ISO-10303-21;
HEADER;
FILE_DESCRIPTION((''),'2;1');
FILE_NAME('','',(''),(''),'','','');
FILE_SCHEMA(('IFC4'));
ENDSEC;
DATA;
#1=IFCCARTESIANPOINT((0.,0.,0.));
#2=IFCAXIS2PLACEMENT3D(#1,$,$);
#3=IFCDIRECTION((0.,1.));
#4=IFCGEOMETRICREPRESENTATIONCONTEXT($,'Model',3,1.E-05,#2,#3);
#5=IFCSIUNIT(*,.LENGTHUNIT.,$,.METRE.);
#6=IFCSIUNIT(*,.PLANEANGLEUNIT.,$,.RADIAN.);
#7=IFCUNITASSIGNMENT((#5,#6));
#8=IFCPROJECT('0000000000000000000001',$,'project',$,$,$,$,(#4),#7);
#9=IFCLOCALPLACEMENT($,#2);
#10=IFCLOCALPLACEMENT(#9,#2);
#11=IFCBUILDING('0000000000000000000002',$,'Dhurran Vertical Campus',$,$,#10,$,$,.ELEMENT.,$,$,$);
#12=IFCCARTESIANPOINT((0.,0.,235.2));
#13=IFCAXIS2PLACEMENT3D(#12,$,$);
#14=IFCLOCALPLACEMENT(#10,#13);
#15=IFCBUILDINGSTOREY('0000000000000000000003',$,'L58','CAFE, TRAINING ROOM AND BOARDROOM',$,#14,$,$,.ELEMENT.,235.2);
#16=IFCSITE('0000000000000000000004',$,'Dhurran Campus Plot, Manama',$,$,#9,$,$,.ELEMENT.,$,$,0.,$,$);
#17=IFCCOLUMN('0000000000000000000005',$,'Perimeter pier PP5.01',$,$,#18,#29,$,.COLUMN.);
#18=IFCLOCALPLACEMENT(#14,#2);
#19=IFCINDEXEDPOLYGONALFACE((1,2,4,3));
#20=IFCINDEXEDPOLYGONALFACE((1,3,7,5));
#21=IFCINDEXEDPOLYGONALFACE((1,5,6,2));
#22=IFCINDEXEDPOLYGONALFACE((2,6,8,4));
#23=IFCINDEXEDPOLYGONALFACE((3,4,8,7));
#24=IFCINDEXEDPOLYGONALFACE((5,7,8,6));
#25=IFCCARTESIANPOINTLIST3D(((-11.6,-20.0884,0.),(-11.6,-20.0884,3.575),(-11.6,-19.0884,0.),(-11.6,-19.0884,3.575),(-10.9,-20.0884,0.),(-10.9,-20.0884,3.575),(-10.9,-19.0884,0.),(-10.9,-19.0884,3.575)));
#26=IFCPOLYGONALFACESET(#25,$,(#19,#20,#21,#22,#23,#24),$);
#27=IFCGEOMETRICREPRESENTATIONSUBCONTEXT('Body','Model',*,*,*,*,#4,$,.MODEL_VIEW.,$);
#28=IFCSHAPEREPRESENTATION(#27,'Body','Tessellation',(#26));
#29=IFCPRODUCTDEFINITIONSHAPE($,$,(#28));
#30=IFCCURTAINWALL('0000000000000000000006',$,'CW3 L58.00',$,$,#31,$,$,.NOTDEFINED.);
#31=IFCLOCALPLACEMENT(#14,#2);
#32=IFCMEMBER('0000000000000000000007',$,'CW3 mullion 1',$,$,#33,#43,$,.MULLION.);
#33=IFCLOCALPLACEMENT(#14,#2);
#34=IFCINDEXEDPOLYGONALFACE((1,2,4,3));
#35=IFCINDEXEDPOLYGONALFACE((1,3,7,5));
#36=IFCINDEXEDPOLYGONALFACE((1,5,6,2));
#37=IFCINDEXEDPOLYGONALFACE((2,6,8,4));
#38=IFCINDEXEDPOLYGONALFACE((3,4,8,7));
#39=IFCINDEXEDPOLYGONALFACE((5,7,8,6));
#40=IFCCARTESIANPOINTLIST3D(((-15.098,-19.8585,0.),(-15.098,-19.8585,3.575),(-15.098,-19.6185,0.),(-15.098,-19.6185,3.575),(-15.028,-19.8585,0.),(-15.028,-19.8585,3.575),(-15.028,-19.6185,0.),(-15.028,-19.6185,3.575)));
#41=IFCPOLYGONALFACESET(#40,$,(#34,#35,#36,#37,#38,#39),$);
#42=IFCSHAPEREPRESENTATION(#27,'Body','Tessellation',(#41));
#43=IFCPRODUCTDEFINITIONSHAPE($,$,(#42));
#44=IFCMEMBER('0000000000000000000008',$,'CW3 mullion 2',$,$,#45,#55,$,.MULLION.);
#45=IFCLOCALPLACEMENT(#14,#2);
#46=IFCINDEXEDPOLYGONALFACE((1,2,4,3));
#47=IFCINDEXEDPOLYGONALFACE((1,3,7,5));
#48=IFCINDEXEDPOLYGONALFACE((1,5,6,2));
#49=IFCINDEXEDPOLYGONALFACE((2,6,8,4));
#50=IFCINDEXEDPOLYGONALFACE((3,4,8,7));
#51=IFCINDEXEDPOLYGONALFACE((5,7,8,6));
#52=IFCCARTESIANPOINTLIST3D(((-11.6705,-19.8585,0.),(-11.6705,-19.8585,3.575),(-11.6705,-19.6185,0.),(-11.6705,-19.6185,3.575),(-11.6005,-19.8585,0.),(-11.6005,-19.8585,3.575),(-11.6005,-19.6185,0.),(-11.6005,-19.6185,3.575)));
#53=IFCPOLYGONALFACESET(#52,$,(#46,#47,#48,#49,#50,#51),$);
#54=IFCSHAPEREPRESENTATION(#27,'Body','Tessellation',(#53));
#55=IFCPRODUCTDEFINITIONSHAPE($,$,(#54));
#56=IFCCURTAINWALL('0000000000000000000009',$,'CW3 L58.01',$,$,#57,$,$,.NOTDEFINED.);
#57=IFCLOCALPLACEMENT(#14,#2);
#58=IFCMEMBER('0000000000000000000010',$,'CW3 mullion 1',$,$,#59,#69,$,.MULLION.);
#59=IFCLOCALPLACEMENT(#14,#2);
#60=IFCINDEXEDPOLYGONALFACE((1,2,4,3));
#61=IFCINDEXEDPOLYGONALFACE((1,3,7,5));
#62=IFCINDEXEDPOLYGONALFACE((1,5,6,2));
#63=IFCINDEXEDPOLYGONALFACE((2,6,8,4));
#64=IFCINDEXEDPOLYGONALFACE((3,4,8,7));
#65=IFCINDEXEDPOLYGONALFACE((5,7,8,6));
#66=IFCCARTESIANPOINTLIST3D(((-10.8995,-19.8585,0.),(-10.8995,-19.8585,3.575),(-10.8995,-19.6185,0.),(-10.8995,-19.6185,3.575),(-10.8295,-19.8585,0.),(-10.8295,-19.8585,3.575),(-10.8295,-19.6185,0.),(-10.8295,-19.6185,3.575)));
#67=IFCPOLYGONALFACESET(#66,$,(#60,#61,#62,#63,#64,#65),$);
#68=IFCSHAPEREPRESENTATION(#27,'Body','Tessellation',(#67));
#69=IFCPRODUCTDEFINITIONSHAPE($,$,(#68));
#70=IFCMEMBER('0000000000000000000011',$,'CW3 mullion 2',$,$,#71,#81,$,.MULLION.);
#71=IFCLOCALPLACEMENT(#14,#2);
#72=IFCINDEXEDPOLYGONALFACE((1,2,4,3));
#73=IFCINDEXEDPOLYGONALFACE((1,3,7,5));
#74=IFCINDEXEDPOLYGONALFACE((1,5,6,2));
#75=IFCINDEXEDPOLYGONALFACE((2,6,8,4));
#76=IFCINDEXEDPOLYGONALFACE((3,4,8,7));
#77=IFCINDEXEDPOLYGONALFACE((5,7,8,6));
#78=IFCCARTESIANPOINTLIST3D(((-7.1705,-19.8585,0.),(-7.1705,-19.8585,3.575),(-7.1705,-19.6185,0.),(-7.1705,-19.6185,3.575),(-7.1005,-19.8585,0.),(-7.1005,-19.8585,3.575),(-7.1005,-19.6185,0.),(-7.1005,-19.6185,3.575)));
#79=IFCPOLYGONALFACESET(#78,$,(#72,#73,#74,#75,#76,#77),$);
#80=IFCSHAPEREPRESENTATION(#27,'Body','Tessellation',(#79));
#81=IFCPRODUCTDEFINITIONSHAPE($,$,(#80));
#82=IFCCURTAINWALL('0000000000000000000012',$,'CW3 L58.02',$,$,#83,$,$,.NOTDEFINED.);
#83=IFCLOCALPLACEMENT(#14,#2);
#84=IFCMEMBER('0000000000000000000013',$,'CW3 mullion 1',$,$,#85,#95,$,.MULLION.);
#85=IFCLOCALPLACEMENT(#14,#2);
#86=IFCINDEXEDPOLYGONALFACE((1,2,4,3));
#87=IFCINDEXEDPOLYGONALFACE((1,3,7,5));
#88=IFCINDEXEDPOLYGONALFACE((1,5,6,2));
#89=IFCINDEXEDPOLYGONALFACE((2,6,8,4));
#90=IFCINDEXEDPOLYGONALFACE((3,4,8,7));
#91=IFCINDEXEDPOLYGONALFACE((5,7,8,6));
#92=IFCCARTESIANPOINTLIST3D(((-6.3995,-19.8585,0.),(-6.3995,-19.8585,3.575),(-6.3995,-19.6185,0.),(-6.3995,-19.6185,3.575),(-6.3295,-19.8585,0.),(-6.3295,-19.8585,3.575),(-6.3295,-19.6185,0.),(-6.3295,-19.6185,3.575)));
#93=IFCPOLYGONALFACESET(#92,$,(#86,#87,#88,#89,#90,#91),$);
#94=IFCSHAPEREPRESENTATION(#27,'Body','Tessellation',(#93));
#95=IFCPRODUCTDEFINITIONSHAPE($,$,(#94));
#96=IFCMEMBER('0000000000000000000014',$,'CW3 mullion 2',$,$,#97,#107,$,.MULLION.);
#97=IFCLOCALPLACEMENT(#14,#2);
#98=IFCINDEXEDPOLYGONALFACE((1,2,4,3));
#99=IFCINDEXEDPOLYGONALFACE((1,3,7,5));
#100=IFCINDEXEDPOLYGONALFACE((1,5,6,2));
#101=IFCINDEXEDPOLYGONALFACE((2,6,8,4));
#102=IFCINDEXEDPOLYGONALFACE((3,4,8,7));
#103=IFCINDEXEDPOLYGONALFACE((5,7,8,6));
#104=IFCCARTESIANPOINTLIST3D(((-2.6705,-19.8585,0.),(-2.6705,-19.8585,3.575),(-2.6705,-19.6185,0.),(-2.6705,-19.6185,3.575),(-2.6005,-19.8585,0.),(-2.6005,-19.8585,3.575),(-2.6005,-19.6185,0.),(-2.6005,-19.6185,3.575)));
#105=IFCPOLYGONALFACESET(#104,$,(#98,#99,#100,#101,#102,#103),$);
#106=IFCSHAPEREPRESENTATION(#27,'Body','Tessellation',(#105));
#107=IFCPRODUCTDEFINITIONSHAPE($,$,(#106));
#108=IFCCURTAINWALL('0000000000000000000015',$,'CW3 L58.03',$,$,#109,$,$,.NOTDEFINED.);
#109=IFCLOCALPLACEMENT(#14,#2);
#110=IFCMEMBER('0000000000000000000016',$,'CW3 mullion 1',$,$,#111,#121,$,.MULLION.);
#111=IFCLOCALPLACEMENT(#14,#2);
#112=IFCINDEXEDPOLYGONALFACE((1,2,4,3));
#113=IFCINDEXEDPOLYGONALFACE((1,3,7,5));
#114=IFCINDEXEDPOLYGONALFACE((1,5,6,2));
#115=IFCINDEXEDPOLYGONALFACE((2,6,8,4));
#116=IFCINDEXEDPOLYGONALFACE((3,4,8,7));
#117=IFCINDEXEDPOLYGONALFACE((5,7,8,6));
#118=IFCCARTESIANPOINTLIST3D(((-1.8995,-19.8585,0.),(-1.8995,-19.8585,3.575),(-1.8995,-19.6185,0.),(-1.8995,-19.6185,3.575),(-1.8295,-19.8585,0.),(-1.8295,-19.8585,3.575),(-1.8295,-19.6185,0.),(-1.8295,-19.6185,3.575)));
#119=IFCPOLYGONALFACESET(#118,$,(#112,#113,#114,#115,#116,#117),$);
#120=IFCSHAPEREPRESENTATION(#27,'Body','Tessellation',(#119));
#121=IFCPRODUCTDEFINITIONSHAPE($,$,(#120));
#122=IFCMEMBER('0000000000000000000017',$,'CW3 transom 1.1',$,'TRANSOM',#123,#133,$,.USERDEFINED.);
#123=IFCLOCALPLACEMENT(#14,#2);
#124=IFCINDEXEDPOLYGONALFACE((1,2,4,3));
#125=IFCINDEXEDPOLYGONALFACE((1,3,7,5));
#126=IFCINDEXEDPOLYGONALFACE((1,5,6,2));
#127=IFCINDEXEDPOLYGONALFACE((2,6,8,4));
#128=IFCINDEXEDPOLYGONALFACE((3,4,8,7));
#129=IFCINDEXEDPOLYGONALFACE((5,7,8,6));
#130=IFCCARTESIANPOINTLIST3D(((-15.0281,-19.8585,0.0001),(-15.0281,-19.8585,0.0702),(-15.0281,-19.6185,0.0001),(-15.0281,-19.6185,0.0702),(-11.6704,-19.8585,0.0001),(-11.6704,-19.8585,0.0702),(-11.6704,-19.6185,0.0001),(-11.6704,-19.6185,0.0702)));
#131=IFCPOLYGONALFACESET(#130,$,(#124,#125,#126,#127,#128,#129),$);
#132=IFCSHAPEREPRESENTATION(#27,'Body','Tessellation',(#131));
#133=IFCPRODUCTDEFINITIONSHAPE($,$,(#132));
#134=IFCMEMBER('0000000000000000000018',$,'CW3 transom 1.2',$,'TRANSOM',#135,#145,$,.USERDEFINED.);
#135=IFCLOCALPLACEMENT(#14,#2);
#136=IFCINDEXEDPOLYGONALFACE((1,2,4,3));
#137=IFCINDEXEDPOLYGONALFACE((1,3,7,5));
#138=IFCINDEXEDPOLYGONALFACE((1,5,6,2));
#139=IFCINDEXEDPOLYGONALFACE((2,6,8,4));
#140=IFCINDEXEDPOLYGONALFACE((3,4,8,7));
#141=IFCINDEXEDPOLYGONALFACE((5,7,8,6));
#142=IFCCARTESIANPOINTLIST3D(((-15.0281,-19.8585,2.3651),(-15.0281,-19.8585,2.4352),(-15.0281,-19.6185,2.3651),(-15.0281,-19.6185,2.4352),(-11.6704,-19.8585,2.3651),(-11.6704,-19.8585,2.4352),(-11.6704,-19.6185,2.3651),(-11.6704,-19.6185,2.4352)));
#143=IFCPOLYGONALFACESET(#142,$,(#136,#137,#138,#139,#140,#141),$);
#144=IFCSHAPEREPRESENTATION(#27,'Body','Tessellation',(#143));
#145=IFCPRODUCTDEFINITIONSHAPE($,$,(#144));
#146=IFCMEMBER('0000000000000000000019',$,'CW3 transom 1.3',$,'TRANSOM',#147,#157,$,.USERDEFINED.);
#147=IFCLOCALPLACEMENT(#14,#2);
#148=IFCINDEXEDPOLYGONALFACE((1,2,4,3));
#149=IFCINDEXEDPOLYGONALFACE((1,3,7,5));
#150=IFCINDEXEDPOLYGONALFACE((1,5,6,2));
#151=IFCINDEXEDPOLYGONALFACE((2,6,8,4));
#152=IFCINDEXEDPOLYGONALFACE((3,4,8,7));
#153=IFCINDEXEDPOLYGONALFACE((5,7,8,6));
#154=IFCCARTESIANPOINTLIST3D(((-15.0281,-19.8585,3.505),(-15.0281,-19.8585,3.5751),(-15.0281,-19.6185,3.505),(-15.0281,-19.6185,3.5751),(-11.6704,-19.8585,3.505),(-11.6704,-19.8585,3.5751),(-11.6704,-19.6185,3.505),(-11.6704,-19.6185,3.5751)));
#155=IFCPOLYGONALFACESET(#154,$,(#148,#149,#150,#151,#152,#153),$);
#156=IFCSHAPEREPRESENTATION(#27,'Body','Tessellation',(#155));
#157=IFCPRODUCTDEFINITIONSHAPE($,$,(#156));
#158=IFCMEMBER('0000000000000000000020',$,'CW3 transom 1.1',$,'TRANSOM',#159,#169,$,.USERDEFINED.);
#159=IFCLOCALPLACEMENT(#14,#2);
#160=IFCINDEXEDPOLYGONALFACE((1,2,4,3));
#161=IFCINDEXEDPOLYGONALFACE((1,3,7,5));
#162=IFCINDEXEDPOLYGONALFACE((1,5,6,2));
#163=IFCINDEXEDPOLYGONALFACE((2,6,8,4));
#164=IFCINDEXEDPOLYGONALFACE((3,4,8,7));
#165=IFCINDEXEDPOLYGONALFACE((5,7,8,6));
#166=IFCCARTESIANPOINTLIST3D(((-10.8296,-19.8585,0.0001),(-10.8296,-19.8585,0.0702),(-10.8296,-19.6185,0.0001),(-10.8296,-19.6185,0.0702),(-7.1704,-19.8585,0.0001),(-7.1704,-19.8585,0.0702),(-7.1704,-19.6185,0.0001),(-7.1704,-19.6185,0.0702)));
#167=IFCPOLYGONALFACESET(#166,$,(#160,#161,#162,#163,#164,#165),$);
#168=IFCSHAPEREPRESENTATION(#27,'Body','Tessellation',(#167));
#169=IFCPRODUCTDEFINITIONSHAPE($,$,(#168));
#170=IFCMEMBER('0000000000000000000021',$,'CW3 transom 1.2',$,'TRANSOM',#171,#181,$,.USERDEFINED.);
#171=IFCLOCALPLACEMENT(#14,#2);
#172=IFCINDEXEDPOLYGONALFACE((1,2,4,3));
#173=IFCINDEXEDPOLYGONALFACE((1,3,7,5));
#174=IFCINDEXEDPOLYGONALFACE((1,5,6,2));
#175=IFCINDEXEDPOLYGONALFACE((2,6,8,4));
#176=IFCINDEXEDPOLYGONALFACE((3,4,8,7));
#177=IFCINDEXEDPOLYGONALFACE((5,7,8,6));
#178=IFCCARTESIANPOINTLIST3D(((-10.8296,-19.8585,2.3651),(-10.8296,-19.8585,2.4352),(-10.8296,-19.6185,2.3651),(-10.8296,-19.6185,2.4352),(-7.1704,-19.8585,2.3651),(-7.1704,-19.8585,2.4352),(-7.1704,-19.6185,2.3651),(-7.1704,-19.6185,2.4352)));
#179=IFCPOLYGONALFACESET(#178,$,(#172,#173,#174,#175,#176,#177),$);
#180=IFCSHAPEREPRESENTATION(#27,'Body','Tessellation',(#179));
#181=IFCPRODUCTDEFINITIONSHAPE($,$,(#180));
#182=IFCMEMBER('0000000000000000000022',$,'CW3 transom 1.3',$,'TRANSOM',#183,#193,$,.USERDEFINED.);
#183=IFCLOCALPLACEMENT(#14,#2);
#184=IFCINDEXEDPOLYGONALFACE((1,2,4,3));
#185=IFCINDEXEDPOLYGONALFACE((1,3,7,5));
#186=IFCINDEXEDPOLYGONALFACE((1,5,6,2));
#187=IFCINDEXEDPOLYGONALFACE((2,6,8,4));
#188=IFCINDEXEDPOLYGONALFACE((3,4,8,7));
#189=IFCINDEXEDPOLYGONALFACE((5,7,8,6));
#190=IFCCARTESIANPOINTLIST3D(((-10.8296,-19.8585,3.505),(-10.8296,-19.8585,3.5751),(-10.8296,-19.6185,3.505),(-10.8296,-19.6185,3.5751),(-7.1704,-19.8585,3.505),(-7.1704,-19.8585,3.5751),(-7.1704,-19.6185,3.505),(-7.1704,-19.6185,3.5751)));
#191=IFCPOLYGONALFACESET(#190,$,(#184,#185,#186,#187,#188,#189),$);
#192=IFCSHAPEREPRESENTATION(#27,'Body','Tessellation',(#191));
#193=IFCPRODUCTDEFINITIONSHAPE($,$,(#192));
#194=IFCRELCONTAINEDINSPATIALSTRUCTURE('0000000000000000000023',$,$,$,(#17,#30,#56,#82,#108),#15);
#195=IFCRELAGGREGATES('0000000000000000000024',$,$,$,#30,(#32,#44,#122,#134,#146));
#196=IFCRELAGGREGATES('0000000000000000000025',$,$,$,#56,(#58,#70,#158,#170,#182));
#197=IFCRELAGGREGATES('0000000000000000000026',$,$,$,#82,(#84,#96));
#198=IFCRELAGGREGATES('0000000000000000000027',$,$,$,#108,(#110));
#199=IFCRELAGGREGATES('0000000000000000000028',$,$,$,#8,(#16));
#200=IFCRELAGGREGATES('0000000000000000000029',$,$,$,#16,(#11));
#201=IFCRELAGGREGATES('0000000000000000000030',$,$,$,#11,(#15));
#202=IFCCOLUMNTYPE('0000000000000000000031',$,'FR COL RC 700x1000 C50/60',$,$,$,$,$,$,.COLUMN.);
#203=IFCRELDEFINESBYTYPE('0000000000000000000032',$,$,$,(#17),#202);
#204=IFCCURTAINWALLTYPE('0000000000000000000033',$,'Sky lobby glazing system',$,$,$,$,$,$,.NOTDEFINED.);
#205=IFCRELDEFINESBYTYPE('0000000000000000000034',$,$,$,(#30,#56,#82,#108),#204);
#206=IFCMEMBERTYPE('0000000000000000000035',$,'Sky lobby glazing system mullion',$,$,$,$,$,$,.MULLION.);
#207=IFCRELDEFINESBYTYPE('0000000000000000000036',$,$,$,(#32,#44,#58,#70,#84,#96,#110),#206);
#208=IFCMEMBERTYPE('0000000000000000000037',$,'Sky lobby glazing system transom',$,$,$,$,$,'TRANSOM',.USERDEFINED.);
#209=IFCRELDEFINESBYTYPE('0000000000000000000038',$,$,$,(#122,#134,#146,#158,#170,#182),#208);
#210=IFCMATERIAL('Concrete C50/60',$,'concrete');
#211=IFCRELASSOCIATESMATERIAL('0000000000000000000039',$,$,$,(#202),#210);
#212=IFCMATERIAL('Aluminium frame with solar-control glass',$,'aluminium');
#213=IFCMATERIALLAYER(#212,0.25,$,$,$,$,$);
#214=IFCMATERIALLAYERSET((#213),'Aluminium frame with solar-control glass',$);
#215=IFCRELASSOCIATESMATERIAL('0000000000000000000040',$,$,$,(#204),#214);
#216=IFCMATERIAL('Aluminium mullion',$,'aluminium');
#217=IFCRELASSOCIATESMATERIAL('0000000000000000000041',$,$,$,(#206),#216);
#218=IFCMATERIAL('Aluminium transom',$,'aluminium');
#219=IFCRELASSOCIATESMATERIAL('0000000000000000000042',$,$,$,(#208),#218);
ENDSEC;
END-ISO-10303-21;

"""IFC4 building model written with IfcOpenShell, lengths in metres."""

from ifc_helpers import new_model, si_unit, direction, frame, origin, origin_2d, place, context, subcontext, project, spatial, rectangle, extrude, material, layer, layer_set, material_profile, profile_set, type_object, element, aggregate, save


model = new_model("IFC4")

# Units and contexts
model_context = context("Model", 3, precision=1e-05, world=origin(), true_north=direction((0.0, 1.0)))
body_context = subcontext(model_context, "Body", "Model", "MODEL_VIEW")
ifc_project = project(units=[si_unit("LENGTHUNIT", "METRE"), si_unit("PLANEANGLEUNIT", "RADIAN")], contexts=[model_context])

# Site, building, storey
site_placement = place(None, origin())
site = spatial("IfcSite", under=ifc_project, at=site_placement, Name="Dhurran Campus Plot, Manama", CompositionType="ELEMENT", RefElevation=0.0)
building_placement = place(site_placement, origin())
building = spatial("IfcBuilding", under=site, at=building_placement, Name="Dhurran Vertical Campus", CompositionType="ELEMENT")
storey_placement = place(building_placement, frame((0.0, 0.0, 235.2)))
storey = spatial("IfcBuildingStorey", under=building, at=storey_placement, Name="L58", Description="CAFE, TRAINING ROOM AND BOARDROOM", CompositionType="ELEMENT", Elevation=235.2)

# Column
ifc_material_1 = material(Name="Concrete C50/60", Category="concrete")
ifc_material_profile_1 = material_profile(ifc_material_1, rectangle(XDim=0.7, YDim=1.0, at=origin_2d()), Name="RC 700x1000")
ifc_profile_set_1 = profile_set([ifc_material_profile_1], Name="Concrete C50/60")
column_type = type_object("IfcColumnType", Name="FR COL RC 700x1000 C50/60", PredefinedType="COLUMN", material=ifc_profile_set_1)
column_placement = place(storey_placement, frame((-11.25, -19.5884, 0.0), z_axis=(0.0, 0.0, 1.0), x_axis=(1.0, 0.0, 0.0)))
element("IfcColumn", 1, at=column_placement, inside=storey, type_object=column_type, Name="Perimeter pier PP5.01", PredefinedType="COLUMN", context=body_context, shape_type="SweptSolid", body=[
    extrude(rectangle(XDim=0.7, YDim=1.0, at=origin_2d()), origin(), (0.0, 0.0, 1.0), 3.575),
])

# Curtain walls, members
ifc_material_2 = material(Name="Aluminium frame with solar-control glass", Category="aluminium")
ifc_layer_1 = layer(ifc_material_2, 0.25)
ifc_layer_set_1 = layer_set([ifc_layer_1], Name="Aluminium frame with solar-control glass")
curtain_wall_type = type_object("IfcCurtainWallType", Name="Sky lobby glazing system", PredefinedType="NOTDEFINED", material=ifc_layer_set_1)
curtain_wall_1_placement = place(storey_placement, origin())
curtain_wall_1 = element("IfcCurtainWall", 2, at=curtain_wall_1_placement, inside=storey, type_object=curtain_wall_type, Name="CW3 L58.00", PredefinedType="NOTDEFINED")
ifc_material_3 = material(Name="Aluminium mullion", Category="aluminium")
ifc_material_profile_2 = material_profile(ifc_material_3, rectangle(XDim=0.24, YDim=0.0701, at=origin_2d()), Name="Sky lobby glazing system mullion")
ifc_profile_set_2 = profile_set([ifc_material_profile_2], Name="Aluminium mullion")
member_type_1 = type_object("IfcMemberType", Name="Sky lobby glazing system mullion", PredefinedType="MULLION", material=ifc_profile_set_2)
member_1_placement = place(storey_placement, frame((-15.063, -19.7385, 0.0), z_axis=(0.0, 0.0, 1.0), x_axis=(0.0, 1.0, 0.0)))
member_1 = element("IfcMember", 3, at=member_1_placement, type_object=member_type_1, Name="CW3 mullion 1", PredefinedType="MULLION", context=body_context, shape_type="SweptSolid", body=[
    extrude(rectangle(XDim=0.24, YDim=0.0701, at=origin_2d()), origin(), (0.0, 0.0, 1.0), 3.575),
])
member_2_placement = place(storey_placement, frame((-11.6355, -19.7385, 0.0), z_axis=(0.0, 0.0, 1.0), x_axis=(0.0, 1.0, 0.0)))
member_2 = element("IfcMember", 4, at=member_2_placement, type_object=member_type_1, Name="CW3 mullion 2", PredefinedType="MULLION", context=body_context, shape_type="SweptSolid", body=[
    extrude(rectangle(XDim=0.24, YDim=0.0701, at=origin_2d()), origin(), (0.0, 0.0, 1.0), 3.575),
])
curtain_wall_2_placement = place(storey_placement, origin())
curtain_wall_2 = element("IfcCurtainWall", 5, at=curtain_wall_2_placement, inside=storey, type_object=curtain_wall_type, Name="CW3 L58.01", PredefinedType="NOTDEFINED")
member_3_placement = place(storey_placement, frame((-10.8645, -19.7385, 0.0), z_axis=(0.0, 0.0, 1.0), x_axis=(0.0, 1.0, 0.0)))
member_3 = element("IfcMember", 6, at=member_3_placement, type_object=member_type_1, Name="CW3 mullion 1", PredefinedType="MULLION", context=body_context, shape_type="SweptSolid", body=[
    extrude(rectangle(XDim=0.24, YDim=0.0701, at=origin_2d()), origin(), (0.0, 0.0, 1.0), 3.575),
])
member_4_placement = place(storey_placement, frame((-7.1355, -19.7385, 0.0), z_axis=(0.0, 0.0, 1.0), x_axis=(0.0, 1.0, 0.0)))
member_4 = element("IfcMember", 7, at=member_4_placement, type_object=member_type_1, Name="CW3 mullion 2", PredefinedType="MULLION", context=body_context, shape_type="SweptSolid", body=[
    extrude(rectangle(XDim=0.24, YDim=0.0701, at=origin_2d()), origin(), (0.0, 0.0, 1.0), 3.575),
])
curtain_wall_3_placement = place(storey_placement, origin())
curtain_wall_3 = element("IfcCurtainWall", 8, at=curtain_wall_3_placement, inside=storey, type_object=curtain_wall_type, Name="CW3 L58.02", PredefinedType="NOTDEFINED")
member_5_placement = place(storey_placement, frame((-6.3645, -19.7385, 0.0), z_axis=(0.0, 0.0, 1.0), x_axis=(0.0, 1.0, 0.0)))
member_5 = element("IfcMember", 9, at=member_5_placement, type_object=member_type_1, Name="CW3 mullion 1", PredefinedType="MULLION", context=body_context, shape_type="SweptSolid", body=[
    extrude(rectangle(XDim=0.24, YDim=0.0701, at=origin_2d()), origin(), (0.0, 0.0, 1.0), 3.575),
])
member_6_placement = place(storey_placement, frame((-2.6355, -19.7385, 0.0), z_axis=(0.0, 0.0, 1.0), x_axis=(0.0, 1.0, 0.0)))
member_6 = element("IfcMember", 10, at=member_6_placement, type_object=member_type_1, Name="CW3 mullion 2", PredefinedType="MULLION", context=body_context, shape_type="SweptSolid", body=[
    extrude(rectangle(XDim=0.24, YDim=0.0701, at=origin_2d()), origin(), (0.0, 0.0, 1.0), 3.575),
])

# Curtain wall, member
curtain_wall_4_placement = place(storey_placement, origin())
curtain_wall_4 = element("IfcCurtainWall", 11, at=curtain_wall_4_placement, inside=storey, type_object=curtain_wall_type, Name="CW3 L58.03", PredefinedType="NOTDEFINED")
member_7_placement = place(storey_placement, frame((-1.8645, -19.7385, 0.0), z_axis=(0.0, 0.0, 1.0), x_axis=(0.0, 1.0, 0.0)))
member_7 = element("IfcMember", 12, at=member_7_placement, type_object=member_type_1, Name="CW3 mullion 1", PredefinedType="MULLION", context=body_context, shape_type="SweptSolid", body=[
    extrude(rectangle(XDim=0.24, YDim=0.0701, at=origin_2d()), origin(), (0.0, 0.0, 1.0), 3.575),
])

# Members
ifc_material_4 = material(Name="Aluminium transom", Category="aluminium")
ifc_material_profile_3 = material_profile(ifc_material_4, rectangle(XDim=0.24, YDim=0.0701, at=origin_2d()), Name="Sky lobby glazing system transom")
ifc_profile_set_3 = profile_set([ifc_material_profile_3], Name="Aluminium transom")
member_type_2 = type_object("IfcMemberType", Name="Sky lobby glazing system transom", ElementType="TRANSOM", PredefinedType="USERDEFINED", material=ifc_profile_set_3)
member_8_placement = place(storey_placement, frame((-15.0281, -19.7385, 0.0352), z_axis=(1.0, 0.0, 0.0), x_axis=(0.0, 1.0, 0.0)))
member_8 = element("IfcMember", 13, at=member_8_placement, type_object=member_type_2, Name="CW3 transom 1.1", ObjectType="TRANSOM", PredefinedType="USERDEFINED", context=body_context, shape_type="SweptSolid", body=[
    extrude(rectangle(XDim=0.24, YDim=0.0701, at=origin_2d()), origin(), (0.0, 0.0, 1.0), 3.3577),
])
member_9_placement = place(storey_placement, frame((-15.0281, -19.7385, 2.4001), z_axis=(1.0, 0.0, 0.0), x_axis=(0.0, 1.0, 0.0)))
member_9 = element("IfcMember", 14, at=member_9_placement, type_object=member_type_2, Name="CW3 transom 1.2", ObjectType="TRANSOM", PredefinedType="USERDEFINED", context=body_context, shape_type="SweptSolid", body=[
    extrude(rectangle(XDim=0.24, YDim=0.0701, at=origin_2d()), origin(), (0.0, 0.0, 1.0), 3.3577),
])
member_10_placement = place(storey_placement, frame((-15.0281, -19.7385, 3.54), z_axis=(1.0, 0.0, 0.0), x_axis=(0.0, 1.0, 0.0)))
member_10 = element("IfcMember", 15, at=member_10_placement, type_object=member_type_2, Name="CW3 transom 1.3", ObjectType="TRANSOM", PredefinedType="USERDEFINED", context=body_context, shape_type="SweptSolid", body=[
    extrude(rectangle(XDim=0.24, YDim=0.0701, at=origin_2d()), origin(), (0.0, 0.0, 1.0), 3.3577),
])
member_11_placement = place(storey_placement, frame((-10.8296, -19.7385, 0.0352), z_axis=(1.0, 0.0, 0.0), x_axis=(0.0, 1.0, 0.0)))
member_11 = element("IfcMember", 16, at=member_11_placement, type_object=member_type_2, Name="CW3 transom 1.1", ObjectType="TRANSOM", PredefinedType="USERDEFINED", context=body_context, shape_type="SweptSolid", body=[
    extrude(rectangle(XDim=0.24, YDim=0.0701, at=origin_2d()), origin(), (0.0, 0.0, 1.0), 3.6592),
])
member_12_placement = place(storey_placement, frame((-10.8296, -19.7385, 2.4001), z_axis=(1.0, 0.0, 0.0), x_axis=(0.0, 1.0, 0.0)))
member_12 = element("IfcMember", 17, at=member_12_placement, type_object=member_type_2, Name="CW3 transom 1.2", ObjectType="TRANSOM", PredefinedType="USERDEFINED", context=body_context, shape_type="SweptSolid", body=[
    extrude(rectangle(XDim=0.24, YDim=0.0701, at=origin_2d()), origin(), (0.0, 0.0, 1.0), 3.6592),
])
member_13_placement = place(storey_placement, frame((-10.8296, -19.7385, 3.54), z_axis=(1.0, 0.0, 0.0), x_axis=(0.0, 1.0, 0.0)))
member_13 = element("IfcMember", 18, at=member_13_placement, type_object=member_type_2, Name="CW3 transom 1.3", ObjectType="TRANSOM", PredefinedType="USERDEFINED", context=body_context, shape_type="SweptSolid", body=[
    extrude(rectangle(XDim=0.24, YDim=0.0701, at=origin_2d()), origin(), (0.0, 0.0, 1.0), 3.6592),
])

aggregate(curtain_wall_1, [member_1, member_2, member_8, member_9, member_10])
aggregate(curtain_wall_2, [member_3, member_4, member_11, member_12, member_13])
aggregate(curtain_wall_3, [member_5, member_6])
aggregate(curtain_wall_4, [member_7])

save(model, "model.ifc")
